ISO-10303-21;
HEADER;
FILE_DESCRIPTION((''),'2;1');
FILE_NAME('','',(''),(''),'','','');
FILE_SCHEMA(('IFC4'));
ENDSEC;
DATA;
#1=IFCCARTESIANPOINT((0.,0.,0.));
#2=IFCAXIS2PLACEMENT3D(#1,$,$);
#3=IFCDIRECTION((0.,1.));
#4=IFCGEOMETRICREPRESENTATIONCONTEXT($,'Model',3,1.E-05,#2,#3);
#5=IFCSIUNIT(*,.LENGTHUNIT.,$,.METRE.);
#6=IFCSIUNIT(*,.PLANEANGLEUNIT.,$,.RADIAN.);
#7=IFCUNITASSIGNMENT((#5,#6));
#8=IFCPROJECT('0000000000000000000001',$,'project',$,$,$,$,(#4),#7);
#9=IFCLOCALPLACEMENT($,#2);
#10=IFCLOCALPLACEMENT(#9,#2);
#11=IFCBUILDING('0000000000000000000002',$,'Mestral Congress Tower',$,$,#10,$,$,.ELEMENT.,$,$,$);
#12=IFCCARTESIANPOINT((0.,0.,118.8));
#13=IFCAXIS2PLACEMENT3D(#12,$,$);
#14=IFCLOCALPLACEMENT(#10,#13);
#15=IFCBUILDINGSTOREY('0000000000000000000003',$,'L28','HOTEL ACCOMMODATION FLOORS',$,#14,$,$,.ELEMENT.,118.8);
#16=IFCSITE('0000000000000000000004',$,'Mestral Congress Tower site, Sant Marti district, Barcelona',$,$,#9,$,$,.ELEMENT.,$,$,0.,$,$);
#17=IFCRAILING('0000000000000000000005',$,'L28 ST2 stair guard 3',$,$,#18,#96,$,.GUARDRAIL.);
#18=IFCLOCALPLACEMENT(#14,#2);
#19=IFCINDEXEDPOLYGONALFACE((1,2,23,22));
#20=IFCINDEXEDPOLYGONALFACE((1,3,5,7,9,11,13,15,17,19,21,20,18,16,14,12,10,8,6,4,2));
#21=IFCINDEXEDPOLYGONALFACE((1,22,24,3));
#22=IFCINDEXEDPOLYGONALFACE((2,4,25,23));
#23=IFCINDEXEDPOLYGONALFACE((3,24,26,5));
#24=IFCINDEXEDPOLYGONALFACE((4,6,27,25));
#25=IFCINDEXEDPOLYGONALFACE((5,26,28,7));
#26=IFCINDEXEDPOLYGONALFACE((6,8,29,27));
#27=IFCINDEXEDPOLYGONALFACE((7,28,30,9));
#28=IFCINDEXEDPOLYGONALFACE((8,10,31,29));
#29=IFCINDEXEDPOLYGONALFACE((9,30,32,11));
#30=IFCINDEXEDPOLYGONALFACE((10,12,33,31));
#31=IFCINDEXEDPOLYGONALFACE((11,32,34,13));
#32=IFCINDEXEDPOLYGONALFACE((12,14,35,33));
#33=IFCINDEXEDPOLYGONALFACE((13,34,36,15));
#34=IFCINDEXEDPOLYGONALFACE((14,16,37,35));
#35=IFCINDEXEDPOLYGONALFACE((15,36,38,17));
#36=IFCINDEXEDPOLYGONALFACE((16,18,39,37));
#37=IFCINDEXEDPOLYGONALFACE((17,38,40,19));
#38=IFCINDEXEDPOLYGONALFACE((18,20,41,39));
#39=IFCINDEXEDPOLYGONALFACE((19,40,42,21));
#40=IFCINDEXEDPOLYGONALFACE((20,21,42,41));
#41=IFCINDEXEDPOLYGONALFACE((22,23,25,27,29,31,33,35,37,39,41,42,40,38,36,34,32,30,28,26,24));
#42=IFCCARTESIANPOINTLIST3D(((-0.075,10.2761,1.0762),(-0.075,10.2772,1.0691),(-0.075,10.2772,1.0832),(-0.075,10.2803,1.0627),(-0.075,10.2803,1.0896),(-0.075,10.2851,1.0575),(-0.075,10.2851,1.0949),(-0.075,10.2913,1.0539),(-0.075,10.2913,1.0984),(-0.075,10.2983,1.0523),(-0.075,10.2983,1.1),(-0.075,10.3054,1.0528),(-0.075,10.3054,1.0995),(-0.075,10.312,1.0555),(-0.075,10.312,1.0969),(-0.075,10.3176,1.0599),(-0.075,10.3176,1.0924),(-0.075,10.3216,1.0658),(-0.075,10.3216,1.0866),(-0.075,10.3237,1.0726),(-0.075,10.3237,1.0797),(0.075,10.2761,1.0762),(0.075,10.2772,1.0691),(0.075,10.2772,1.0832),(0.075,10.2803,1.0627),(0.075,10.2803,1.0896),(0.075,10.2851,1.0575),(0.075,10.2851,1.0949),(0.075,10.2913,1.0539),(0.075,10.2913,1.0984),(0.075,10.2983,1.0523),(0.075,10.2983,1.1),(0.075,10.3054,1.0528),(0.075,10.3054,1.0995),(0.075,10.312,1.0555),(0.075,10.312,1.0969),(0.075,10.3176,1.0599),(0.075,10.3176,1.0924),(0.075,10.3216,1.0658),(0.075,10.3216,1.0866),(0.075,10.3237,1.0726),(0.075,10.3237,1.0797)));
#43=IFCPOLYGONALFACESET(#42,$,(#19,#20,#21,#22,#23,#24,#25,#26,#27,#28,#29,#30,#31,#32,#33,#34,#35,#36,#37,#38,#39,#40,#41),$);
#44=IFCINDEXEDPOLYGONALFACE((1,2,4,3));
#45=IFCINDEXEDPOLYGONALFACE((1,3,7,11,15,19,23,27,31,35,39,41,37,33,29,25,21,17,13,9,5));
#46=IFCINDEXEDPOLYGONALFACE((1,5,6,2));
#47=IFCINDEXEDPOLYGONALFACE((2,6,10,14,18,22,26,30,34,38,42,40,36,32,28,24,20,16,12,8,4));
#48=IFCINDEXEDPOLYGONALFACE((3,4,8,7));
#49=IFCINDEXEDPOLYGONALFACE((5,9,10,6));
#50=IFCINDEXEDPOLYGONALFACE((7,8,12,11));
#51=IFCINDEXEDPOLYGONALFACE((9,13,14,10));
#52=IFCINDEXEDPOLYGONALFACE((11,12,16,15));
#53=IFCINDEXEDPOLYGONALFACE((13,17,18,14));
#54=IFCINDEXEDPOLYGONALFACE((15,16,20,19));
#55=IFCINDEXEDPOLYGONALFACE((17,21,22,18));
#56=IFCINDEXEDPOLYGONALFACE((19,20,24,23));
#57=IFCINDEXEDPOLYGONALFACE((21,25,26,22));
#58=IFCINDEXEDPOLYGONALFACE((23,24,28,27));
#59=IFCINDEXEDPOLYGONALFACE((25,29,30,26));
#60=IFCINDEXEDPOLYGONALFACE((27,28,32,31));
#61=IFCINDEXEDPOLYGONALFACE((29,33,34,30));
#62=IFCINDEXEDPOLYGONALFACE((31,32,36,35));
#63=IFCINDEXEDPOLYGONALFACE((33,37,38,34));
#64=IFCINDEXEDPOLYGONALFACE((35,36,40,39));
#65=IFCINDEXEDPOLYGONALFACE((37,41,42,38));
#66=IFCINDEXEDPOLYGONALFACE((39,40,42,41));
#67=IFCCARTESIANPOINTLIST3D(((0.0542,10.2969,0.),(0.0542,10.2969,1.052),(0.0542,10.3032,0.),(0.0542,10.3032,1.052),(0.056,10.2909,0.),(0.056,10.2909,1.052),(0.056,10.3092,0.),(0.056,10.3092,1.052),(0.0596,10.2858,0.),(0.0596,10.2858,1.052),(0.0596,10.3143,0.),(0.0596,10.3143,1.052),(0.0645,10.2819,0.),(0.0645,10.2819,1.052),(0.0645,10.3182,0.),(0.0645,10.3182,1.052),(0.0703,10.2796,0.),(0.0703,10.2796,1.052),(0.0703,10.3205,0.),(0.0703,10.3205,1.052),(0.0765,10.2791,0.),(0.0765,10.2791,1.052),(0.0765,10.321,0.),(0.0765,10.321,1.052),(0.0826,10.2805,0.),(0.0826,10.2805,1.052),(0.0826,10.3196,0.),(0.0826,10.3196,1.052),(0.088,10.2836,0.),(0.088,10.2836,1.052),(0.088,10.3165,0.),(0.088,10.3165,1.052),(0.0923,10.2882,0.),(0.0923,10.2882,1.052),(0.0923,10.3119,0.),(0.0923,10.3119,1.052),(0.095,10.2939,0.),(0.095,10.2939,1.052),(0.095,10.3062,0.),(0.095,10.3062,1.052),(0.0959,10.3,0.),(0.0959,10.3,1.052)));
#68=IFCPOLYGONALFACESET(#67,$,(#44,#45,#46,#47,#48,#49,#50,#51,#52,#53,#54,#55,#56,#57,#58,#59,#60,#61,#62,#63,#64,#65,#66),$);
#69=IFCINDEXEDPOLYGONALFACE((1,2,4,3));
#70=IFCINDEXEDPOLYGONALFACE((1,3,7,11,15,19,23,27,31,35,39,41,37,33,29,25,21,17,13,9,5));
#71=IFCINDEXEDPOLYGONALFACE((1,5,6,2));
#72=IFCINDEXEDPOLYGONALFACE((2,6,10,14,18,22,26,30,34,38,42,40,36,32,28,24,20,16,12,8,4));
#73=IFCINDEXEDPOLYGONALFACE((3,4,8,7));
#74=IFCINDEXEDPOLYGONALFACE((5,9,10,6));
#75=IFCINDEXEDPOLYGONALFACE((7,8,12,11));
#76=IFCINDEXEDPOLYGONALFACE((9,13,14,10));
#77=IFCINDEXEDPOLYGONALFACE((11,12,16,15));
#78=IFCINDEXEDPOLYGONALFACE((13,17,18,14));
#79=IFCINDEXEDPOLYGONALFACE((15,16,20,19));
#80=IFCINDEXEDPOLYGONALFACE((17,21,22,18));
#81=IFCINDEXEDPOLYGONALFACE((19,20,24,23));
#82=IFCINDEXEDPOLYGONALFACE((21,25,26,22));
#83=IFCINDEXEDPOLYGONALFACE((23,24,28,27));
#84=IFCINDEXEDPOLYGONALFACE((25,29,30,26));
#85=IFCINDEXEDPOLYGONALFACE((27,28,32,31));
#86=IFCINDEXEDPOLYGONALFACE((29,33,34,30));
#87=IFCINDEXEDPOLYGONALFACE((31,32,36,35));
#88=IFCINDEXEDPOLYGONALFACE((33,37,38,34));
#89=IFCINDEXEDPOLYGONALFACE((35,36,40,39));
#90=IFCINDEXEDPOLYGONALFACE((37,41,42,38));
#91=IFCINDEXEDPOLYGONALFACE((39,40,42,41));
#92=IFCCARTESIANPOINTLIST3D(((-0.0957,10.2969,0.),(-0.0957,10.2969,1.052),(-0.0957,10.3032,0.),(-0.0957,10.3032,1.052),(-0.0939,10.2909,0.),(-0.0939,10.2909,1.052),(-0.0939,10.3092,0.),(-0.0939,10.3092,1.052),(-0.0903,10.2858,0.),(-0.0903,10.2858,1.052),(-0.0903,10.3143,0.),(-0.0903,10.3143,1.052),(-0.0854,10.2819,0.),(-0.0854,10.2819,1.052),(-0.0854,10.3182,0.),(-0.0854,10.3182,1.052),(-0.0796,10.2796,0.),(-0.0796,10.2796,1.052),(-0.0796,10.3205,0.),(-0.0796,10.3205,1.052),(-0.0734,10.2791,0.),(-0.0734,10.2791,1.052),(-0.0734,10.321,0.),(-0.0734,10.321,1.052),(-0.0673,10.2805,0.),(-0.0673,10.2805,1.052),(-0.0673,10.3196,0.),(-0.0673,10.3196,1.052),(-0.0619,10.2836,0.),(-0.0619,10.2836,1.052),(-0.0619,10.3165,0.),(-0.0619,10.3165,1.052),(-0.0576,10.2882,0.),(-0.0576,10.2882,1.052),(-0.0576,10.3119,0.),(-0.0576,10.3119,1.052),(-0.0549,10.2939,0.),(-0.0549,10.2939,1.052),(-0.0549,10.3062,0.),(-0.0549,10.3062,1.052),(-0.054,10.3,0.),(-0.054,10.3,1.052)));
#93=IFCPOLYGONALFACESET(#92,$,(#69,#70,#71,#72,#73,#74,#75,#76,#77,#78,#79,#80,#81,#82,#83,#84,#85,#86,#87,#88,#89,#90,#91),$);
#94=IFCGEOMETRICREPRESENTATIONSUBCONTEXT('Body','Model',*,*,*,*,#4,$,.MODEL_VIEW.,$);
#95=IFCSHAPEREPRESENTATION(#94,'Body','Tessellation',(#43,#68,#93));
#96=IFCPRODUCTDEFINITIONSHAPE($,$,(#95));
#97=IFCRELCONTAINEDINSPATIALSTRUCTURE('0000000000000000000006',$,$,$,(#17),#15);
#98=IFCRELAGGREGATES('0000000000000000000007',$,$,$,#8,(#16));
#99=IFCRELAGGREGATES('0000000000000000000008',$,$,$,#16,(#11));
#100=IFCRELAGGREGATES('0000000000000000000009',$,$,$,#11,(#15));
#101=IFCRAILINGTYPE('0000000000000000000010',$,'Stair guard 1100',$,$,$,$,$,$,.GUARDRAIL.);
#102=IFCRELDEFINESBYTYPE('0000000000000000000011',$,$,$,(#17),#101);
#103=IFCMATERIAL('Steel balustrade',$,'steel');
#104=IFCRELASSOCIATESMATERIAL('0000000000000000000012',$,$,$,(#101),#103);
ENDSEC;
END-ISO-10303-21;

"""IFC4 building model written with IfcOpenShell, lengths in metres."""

from ifc_helpers import new_model, si_unit, direction, frame, origin, origin_2d, place, context, subcontext, project, spatial, circle, extrude, material, type_object, element, save


model = new_model("IFC4")

# Units and contexts
model_context = context("Model", 3, precision=1e-05, world=origin(), true_north=direction((0.0, 1.0)))
body_context = subcontext(model_context, "Body", "Model", "MODEL_VIEW")
ifc_project = project(units=[si_unit("LENGTHUNIT", "METRE"), si_unit("PLANEANGLEUNIT", "RADIAN")], contexts=[model_context])

# Site, building, storey
site_placement = place(None, origin())
site = spatial("IfcSite", under=ifc_project, at=site_placement, Name="Mestral Congress Tower site, Sant Marti district, Barcelona", CompositionType="ELEMENT", RefElevation=0.0)
building_placement = place(site_placement, origin())
building = spatial("IfcBuilding", under=site, at=building_placement, Name="Mestral Congress Tower", CompositionType="ELEMENT")
storey_placement = place(building_placement, frame((0.0, 0.0, 118.8)))
storey = spatial("IfcBuildingStorey", under=building, at=storey_placement, Name="L28", Description="HOTEL ACCOMMODATION FLOORS", CompositionType="ELEMENT", Elevation=118.8)

# Railing
ifc_material_1 = material(Name="Steel balustrade", Category="steel")
railing_type_1 = type_object("IfcRailingType", Name="Stair guard 1100", PredefinedType="GUARDRAIL", material=ifc_material_1)
railing_1_placement = place(storey_placement, frame((0.075, 10.3, 0.0)))
element("IfcRailing", 1, at=railing_1_placement, inside=storey, type_object=railing_type_1, Name="L28 ST2 stair guard 3", PredefinedType="GUARDRAIL", context=body_context, shape_type="SweptSolid", body=[
    extrude(circle(Radius=0.0239, at=origin_2d()), frame((0.0, 0.0, 1.0762), z_axis=(-1.0, 0.0, 0.0), x_axis=(0.0, -1.0, 0.0)), (0.0, 0.0, 1.0), 0.1499),
    extrude(circle(Radius=0.021, at=origin_2d()), origin(), (0.0, 0.0, 1.0), 1.052),
    extrude(circle(Radius=0.021, at=origin_2d()), frame((-0.1499, 0.0, 0.0)), (0.0, 0.0, 1.0), 1.052),
])

save(model, "model.ifc")
